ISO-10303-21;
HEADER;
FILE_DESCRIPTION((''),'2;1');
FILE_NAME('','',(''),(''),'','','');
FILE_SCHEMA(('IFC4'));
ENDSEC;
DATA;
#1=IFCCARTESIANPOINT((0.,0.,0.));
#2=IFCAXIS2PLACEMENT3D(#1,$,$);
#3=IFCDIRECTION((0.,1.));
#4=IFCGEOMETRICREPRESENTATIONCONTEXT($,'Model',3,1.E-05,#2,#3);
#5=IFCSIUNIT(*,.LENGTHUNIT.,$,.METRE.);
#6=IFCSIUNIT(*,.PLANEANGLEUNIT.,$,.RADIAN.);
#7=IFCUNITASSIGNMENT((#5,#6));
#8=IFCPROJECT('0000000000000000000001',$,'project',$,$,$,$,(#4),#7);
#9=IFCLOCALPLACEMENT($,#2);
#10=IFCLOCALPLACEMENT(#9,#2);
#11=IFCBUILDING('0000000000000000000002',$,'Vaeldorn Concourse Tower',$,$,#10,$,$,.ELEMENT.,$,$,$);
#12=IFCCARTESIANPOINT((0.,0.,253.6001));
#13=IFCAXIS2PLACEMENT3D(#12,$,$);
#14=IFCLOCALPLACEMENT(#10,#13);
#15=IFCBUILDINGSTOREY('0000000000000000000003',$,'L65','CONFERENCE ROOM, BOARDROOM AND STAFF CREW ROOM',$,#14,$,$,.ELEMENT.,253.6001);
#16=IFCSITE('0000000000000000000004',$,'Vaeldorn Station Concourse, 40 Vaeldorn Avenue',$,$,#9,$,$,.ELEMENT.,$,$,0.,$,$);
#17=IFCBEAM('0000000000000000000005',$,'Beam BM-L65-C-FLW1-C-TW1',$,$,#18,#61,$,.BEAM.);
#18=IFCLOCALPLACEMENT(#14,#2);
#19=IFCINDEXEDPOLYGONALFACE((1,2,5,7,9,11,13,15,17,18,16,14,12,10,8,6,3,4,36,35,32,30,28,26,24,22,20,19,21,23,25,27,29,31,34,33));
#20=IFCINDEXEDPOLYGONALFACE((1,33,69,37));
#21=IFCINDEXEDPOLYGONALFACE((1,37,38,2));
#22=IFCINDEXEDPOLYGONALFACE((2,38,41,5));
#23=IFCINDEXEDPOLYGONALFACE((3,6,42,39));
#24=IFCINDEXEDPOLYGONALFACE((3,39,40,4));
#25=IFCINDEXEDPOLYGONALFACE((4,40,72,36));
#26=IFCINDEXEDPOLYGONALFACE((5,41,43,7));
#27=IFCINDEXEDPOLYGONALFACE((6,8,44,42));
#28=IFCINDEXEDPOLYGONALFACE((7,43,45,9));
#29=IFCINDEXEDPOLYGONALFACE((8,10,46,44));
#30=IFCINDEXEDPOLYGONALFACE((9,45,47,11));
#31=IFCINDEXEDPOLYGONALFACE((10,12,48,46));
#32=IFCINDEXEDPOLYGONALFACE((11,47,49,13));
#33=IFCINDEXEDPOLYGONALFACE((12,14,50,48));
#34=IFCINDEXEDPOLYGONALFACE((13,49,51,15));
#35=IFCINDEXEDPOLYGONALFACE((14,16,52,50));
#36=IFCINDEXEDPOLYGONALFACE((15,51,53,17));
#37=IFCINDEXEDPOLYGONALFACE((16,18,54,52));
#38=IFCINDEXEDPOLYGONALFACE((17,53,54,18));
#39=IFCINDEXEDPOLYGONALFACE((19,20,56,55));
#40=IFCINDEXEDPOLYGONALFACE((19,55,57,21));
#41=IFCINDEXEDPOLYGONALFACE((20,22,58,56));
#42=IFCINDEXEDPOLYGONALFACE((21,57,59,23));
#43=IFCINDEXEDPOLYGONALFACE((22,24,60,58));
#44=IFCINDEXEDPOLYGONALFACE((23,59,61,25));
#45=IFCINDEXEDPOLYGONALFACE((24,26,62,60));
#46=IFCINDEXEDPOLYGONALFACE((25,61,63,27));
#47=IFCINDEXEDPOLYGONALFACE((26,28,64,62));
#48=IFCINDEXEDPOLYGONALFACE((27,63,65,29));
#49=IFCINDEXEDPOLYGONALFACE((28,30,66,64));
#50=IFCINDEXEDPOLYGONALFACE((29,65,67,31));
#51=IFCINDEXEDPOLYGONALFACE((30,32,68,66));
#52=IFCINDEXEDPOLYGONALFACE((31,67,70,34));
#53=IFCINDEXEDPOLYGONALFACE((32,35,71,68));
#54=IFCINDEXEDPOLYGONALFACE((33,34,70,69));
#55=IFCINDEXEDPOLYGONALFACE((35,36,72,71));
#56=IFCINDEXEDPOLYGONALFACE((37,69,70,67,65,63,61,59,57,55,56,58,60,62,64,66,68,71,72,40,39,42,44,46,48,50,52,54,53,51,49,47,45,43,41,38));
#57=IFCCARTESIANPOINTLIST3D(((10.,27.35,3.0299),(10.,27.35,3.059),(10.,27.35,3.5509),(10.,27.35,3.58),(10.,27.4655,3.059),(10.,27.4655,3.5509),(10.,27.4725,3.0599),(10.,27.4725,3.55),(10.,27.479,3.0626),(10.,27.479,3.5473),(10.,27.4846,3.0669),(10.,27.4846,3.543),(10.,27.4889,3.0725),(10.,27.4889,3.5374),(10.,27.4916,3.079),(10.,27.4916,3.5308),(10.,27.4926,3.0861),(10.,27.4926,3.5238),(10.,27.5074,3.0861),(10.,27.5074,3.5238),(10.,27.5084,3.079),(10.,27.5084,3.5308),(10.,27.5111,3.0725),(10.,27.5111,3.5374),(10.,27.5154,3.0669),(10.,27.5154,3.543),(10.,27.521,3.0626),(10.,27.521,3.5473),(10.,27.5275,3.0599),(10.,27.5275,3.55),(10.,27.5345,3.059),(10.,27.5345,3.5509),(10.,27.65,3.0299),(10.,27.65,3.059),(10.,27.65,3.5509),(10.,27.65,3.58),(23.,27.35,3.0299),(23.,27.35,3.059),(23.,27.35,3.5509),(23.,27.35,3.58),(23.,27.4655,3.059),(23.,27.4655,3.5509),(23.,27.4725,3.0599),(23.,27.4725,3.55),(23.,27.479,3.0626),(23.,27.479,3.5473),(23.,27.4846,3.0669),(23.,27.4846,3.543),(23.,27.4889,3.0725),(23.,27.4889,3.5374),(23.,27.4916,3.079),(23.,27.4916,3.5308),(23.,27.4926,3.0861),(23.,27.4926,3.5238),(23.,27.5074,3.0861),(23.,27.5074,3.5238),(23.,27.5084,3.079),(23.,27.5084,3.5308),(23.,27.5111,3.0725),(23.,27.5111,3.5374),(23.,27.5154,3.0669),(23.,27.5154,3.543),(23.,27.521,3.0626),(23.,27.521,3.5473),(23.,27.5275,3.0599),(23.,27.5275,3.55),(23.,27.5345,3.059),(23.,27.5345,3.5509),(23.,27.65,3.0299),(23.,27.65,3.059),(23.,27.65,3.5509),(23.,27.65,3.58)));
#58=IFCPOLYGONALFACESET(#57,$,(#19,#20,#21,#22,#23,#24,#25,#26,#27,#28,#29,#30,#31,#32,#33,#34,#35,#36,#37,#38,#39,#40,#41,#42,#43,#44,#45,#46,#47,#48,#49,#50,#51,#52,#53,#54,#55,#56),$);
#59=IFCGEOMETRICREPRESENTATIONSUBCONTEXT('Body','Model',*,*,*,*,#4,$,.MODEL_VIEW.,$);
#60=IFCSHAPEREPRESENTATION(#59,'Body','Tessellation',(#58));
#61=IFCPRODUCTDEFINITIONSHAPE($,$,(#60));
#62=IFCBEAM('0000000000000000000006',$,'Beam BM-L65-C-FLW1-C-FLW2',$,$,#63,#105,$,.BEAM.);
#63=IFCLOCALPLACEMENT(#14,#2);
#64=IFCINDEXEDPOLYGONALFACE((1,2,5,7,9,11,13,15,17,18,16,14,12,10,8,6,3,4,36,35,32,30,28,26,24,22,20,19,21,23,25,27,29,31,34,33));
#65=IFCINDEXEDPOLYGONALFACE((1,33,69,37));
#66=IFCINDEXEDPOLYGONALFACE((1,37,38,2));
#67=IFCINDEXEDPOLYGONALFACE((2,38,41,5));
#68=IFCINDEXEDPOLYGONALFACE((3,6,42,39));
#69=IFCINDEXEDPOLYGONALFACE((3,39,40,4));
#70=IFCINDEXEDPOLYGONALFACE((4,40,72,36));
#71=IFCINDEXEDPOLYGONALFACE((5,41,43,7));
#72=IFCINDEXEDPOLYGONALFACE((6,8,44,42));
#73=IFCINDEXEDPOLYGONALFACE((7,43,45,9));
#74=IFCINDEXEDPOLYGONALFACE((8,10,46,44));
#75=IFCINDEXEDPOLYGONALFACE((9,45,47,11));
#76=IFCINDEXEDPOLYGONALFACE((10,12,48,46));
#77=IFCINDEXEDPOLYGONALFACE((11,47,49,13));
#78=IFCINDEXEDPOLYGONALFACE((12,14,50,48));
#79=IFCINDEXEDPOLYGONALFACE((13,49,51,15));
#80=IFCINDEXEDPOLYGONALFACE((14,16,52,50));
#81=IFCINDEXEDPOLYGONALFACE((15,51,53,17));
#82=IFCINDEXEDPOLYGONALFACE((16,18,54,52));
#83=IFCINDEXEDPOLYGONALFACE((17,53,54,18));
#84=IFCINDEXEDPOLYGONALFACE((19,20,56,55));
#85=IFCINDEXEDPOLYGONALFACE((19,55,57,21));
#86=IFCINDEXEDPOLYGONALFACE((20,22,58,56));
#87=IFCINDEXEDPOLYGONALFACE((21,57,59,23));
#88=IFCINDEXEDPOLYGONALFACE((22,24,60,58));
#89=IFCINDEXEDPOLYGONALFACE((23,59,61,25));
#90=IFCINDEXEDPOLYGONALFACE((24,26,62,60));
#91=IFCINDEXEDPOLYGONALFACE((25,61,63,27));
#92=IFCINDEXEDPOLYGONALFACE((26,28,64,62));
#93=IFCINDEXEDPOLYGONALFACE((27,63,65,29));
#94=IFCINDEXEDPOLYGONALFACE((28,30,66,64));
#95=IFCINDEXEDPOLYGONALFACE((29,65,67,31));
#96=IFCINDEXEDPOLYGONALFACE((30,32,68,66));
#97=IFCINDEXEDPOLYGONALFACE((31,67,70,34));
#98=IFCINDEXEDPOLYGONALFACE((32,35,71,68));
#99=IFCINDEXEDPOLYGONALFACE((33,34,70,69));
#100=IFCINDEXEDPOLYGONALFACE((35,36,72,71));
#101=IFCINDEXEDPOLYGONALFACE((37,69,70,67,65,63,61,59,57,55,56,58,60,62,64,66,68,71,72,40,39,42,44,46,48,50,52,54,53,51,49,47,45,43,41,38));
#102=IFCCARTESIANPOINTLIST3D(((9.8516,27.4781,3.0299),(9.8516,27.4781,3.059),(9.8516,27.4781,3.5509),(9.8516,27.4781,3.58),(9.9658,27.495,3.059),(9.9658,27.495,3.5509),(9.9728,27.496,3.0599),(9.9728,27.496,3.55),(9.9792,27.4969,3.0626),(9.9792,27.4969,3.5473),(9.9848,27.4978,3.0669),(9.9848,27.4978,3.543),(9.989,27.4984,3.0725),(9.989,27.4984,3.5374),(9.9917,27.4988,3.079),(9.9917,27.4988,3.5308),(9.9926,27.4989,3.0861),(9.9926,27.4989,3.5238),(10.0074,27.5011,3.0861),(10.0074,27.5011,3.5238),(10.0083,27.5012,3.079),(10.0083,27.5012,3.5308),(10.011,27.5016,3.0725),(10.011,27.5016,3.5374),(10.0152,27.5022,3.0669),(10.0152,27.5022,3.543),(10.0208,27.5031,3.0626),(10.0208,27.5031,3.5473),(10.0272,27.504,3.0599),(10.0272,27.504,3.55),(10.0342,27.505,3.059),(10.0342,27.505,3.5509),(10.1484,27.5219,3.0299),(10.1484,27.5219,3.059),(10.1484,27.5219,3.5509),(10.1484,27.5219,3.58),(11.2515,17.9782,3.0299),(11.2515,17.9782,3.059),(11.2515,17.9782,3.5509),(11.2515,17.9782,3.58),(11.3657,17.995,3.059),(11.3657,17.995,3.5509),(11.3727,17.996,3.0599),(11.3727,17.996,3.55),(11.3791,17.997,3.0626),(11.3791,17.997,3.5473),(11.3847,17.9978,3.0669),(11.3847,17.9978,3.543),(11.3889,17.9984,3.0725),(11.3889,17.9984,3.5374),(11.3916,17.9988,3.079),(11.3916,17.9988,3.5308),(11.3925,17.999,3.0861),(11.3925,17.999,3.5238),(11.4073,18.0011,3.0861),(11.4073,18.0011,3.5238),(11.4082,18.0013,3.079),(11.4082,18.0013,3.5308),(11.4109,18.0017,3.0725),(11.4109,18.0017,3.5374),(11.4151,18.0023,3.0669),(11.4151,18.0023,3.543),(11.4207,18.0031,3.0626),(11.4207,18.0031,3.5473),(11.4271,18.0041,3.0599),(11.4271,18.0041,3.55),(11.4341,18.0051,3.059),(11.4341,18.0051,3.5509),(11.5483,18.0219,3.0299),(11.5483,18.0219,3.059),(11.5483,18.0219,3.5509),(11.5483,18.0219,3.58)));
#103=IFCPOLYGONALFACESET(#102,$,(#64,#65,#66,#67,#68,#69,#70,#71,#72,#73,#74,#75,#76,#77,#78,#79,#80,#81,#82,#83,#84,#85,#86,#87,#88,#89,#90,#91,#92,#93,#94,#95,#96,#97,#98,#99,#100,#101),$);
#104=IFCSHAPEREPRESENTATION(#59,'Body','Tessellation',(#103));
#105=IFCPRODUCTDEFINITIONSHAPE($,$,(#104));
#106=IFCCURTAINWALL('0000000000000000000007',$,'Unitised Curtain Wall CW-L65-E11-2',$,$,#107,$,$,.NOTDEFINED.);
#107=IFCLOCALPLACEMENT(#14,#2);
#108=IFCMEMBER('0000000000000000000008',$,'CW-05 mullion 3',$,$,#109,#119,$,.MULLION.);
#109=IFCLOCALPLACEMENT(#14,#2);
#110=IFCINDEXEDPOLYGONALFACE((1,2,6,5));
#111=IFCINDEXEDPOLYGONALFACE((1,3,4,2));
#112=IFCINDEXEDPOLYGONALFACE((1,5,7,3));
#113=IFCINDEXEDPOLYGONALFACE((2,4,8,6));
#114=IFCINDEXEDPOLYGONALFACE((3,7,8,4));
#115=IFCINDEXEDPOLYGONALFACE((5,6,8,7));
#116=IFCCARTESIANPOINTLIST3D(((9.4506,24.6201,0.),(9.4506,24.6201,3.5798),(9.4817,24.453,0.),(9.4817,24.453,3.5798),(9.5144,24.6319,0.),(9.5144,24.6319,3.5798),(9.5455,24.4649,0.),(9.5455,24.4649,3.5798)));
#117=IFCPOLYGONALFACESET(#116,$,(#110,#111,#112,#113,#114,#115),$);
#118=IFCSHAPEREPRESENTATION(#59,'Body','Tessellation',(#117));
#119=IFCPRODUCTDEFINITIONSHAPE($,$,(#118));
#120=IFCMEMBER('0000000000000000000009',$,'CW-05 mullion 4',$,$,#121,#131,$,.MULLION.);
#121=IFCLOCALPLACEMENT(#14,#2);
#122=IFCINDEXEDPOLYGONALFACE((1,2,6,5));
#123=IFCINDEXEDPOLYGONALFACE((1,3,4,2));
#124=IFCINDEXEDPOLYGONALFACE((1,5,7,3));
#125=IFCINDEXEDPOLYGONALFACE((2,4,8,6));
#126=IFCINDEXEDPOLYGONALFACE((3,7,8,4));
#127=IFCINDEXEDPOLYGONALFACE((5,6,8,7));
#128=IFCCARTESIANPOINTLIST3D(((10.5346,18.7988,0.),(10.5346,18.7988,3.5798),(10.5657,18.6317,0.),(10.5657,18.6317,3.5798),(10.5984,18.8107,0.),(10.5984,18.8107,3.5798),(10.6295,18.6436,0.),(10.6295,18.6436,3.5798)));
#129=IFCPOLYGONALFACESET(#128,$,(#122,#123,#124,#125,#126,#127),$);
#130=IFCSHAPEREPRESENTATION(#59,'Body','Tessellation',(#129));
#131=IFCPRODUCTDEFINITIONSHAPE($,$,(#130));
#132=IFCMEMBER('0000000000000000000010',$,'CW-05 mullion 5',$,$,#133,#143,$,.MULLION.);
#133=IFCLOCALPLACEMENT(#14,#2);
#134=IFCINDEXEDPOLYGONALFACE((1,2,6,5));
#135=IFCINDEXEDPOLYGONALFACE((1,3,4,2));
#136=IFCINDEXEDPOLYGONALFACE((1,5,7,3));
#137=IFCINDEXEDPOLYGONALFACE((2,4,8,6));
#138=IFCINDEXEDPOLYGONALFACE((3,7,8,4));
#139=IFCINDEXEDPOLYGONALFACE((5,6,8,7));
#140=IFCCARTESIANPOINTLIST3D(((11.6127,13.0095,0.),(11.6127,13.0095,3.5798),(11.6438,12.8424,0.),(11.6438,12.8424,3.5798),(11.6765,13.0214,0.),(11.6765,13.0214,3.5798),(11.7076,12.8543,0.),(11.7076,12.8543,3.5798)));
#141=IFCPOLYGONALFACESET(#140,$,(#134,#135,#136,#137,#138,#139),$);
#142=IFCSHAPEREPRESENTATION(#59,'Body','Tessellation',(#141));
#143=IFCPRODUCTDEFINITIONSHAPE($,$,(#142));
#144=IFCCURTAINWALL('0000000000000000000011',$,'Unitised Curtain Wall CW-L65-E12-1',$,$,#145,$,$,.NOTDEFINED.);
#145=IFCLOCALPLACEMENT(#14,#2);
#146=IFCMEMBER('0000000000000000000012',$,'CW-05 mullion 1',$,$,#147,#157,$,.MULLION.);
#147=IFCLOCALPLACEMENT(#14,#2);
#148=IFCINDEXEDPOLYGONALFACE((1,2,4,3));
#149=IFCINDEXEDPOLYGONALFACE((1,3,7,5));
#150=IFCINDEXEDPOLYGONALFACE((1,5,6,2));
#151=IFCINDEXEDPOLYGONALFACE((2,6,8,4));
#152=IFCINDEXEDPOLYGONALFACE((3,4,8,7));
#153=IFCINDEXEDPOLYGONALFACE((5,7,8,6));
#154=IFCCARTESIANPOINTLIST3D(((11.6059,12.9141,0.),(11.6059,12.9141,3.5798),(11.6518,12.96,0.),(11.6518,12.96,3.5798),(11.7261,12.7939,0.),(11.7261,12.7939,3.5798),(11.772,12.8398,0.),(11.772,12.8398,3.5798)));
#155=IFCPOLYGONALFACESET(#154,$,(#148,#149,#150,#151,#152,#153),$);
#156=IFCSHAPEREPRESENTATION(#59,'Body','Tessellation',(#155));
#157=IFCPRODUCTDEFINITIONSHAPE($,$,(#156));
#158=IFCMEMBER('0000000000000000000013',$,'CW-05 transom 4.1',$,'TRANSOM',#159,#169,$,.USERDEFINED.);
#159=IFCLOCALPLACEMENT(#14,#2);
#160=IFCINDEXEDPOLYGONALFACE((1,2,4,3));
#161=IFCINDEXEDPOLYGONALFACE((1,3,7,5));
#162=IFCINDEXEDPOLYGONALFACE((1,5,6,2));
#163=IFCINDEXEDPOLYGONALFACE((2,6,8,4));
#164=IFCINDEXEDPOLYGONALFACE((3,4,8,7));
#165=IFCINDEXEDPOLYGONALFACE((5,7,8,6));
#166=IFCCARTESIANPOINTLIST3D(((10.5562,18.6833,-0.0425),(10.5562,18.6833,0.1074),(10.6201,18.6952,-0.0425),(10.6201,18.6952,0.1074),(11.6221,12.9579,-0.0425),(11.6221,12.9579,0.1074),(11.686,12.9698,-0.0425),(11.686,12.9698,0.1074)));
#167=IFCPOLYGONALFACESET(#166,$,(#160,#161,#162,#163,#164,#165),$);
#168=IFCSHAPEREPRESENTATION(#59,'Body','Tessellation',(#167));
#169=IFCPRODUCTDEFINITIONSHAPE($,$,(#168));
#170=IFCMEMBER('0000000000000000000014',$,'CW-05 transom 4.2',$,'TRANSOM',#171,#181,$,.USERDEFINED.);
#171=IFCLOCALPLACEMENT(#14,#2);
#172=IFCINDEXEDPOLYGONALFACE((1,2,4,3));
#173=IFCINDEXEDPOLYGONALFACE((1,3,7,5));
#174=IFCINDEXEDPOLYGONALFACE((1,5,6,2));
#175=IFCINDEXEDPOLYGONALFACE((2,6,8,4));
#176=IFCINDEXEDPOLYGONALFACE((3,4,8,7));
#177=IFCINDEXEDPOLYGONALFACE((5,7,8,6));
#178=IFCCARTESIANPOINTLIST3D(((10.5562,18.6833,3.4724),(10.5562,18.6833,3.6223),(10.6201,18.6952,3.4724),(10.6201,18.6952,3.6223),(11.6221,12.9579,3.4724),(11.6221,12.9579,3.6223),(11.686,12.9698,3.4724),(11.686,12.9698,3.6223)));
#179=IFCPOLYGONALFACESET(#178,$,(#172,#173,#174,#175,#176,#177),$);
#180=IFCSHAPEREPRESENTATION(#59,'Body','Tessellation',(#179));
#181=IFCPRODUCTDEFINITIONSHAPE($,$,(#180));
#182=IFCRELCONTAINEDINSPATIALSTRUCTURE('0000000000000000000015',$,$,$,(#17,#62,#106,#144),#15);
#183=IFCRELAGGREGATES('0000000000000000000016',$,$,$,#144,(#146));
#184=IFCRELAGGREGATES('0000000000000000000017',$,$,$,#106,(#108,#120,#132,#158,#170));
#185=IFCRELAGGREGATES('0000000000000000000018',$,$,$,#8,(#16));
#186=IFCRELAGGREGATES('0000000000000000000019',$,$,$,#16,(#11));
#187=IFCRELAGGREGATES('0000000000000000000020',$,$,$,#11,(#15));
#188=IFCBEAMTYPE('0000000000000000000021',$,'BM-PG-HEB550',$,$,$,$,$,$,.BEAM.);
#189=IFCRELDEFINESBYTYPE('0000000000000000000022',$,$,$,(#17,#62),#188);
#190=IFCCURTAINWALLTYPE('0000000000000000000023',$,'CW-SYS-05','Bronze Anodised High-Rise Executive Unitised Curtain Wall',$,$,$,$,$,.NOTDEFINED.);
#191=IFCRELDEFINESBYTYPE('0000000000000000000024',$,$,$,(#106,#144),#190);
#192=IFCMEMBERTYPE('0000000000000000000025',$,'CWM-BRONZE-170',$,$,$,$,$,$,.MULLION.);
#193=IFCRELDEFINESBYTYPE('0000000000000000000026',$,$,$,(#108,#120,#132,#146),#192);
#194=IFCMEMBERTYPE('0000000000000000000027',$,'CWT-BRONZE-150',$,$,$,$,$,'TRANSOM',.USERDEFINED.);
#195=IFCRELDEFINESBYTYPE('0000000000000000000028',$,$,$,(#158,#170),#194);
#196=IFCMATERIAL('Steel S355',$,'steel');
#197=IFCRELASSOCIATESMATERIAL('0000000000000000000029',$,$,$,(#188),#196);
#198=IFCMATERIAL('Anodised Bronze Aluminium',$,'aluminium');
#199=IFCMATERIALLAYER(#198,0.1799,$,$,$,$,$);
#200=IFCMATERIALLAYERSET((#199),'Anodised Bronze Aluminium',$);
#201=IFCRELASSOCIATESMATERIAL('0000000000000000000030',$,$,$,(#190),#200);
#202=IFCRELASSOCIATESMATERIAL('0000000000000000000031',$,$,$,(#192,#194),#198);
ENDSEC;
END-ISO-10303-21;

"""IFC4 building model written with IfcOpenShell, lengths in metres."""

from ifc_helpers import new_model, si_unit, direction, frame, origin, origin_2d, place, context, subcontext, project, spatial, rectangle, i_section, extrude, source, transform, mapped, material, layer, layer_set, material_profile, profile_set, type_object, element, aggregate, save


model = new_model("IFC4")

# Units and contexts
model_context = context("Model", 3, precision=1e-05, world=origin(), true_north=direction((0.0, 1.0)))
body_context = subcontext(model_context, "Body", "Model", "MODEL_VIEW")
ifc_project = project(units=[si_unit("LENGTHUNIT", "METRE"), si_unit("PLANEANGLEUNIT", "RADIAN")], contexts=[model_context])

# Site, building, storey
site_placement = place(None, origin())
site = spatial("IfcSite", under=ifc_project, at=site_placement, Name="Vaeldorn Station Concourse, 40 Vaeldorn Avenue", CompositionType="ELEMENT", RefElevation=0.0)
building_placement = place(site_placement, origin())
building = spatial("IfcBuilding", under=site, at=building_placement, Name="Vaeldorn Concourse Tower", CompositionType="ELEMENT")
storey_placement = place(building_placement, frame((0.0, 0.0, 253.6001)))
storey = spatial("IfcBuildingStorey", under=building, at=storey_placement, Name="L65", Description="CONFERENCE ROOM, BOARDROOM AND STAFF CREW ROOM", CompositionType="ELEMENT", Elevation=253.6001)

# Shared definitions
ifc_material_1 = material(Name="Steel S355", Category="steel")

# Beams
ifc_material_profile_1 = material_profile(ifc_material_1, i_section(OverallWidth=0.3, OverallDepth=0.55, WebThickness=0.0149, FlangeThickness=0.0291, FilletRadius=0.0271, at=origin_2d()), Name="HEB 550")
ifc_profile_set_1 = profile_set([ifc_material_profile_1], Name="Steel S355")
beam_type_1 = type_object("IfcBeamType", Name="BM-PG-HEB550", PredefinedType="BEAM", material=ifc_profile_set_1)
shared_shape_1 = source(origin(), body_context, "Body", "SweptSolid", [
    extrude(i_section(OverallWidth=0.3, OverallDepth=0.55, WebThickness=0.0149, FlangeThickness=0.0291, FilletRadius=0.0271, at=origin_2d()), origin(), (0.0, 0.0, 1.0), 13.0),
])
beam_1_placement = place(storey_placement, frame((10.0, 27.5, 3.3049), z_axis=(1.0, 0.0, 0.0), x_axis=(0.0, 1.0, 0.0)))
element("IfcBeam", 1, at=beam_1_placement, inside=storey, type_object=beam_type_1, Name="Beam BM-L65-C-FLW1-C-TW1", PredefinedType="BEAM", context=body_context, shape_type="MappedRepresentation", body=[
    mapped(shared_shape_1, transform((0.0, 0.0, 0.0), scale=1.0)),
])
shared_shape_2 = source(origin(), body_context, "Body", "SweptSolid", [
    extrude(i_section(OverallWidth=0.3, OverallDepth=0.55, WebThickness=0.0149, FlangeThickness=0.0291, FilletRadius=0.0271, at=origin_2d()), origin(), (0.0, 0.0, 1.0), 9.6025),
])
beam_2_placement = place(storey_placement, frame((10.0, 27.5, 3.3049), z_axis=(0.145784, -0.989316, 0.0), x_axis=(0.989316, 0.145784, 0.0)))
element("IfcBeam", 2, at=beam_2_placement, inside=storey, type_object=beam_type_1, Name="Beam BM-L65-C-FLW1-C-FLW2", PredefinedType="BEAM", context=body_context, shape_type="MappedRepresentation", body=[
    mapped(shared_shape_2, transform((0.0, 0.0, 0.0), scale=1.0)),
])

# Curtain wall, members
ifc_material_2 = material(Name="Anodised Bronze Aluminium", Category="aluminium")
ifc_layer_1 = layer(ifc_material_2, 0.1799)
ifc_layer_set_1 = layer_set([ifc_layer_1], Name="Anodised Bronze Aluminium")
curtain_wall_type = type_object("IfcCurtainWallType", Name="CW-SYS-05", Description="Bronze Anodised High-Rise Executive Unitised Curtain Wall", PredefinedType="NOTDEFINED", material=ifc_layer_set_1)
curtain_wall_1_placement = place(storey_placement, origin())
curtain_wall_1 = element("IfcCurtainWall", 3, at=curtain_wall_1_placement, inside=storey, type_object=curtain_wall_type, Name="Unitised Curtain Wall CW-L65-E11-2", PredefinedType="NOTDEFINED")
ifc_material_profile_2 = material_profile(ifc_material_2, rectangle(XDim=0.0649, YDim=0.1699, at=origin_2d()), Name="CWM 65x170")
ifc_profile_set_2 = profile_set([ifc_material_profile_2], Name="Anodised Bronze Aluminium")
member_type_1 = type_object("IfcMemberType", Name="CWM-BRONZE-170", PredefinedType="MULLION", material=ifc_profile_set_2)
shared_shape_3 = source(origin(), body_context, "Body", "SweptSolid", [
    extrude(rectangle(XDim=0.0649, YDim=0.1699, at=origin_2d()), origin(), (0.0, 0.0, 1.0), 3.5798),
])
member_1_placement = place(storey_placement, frame((9.498, 24.5425, 0.0), z_axis=(0.0, 0.0, 1.0), x_axis=(0.983103, 0.183055, 0.0)))
member_1 = element("IfcMember", 4, at=member_1_placement, type_object=member_type_1, Name="CW-05 mullion 3", PredefinedType="MULLION", context=body_context, shape_type="MappedRepresentation", body=[
    mapped(shared_shape_3, transform((0.0, 0.0, 0.0), scale=1.0)),
])
member_2_placement = place(storey_placement, frame((10.582, 18.7212, 0.0), z_axis=(0.0, 0.0, 1.0), x_axis=(0.983103, 0.183055, 0.0)))
member_2 = element("IfcMember", 5, at=member_2_placement, type_object=member_type_1, Name="CW-05 mullion 4", PredefinedType="MULLION", context=body_context, shape_type="MappedRepresentation", body=[
    mapped(shared_shape_3, transform((0.0, 0.0, 0.0), scale=1.0)),
])
member_3_placement = place(storey_placement, frame((11.6602, 12.9319, 0.0), z_axis=(0.0, 0.0, 1.0), x_axis=(0.983103, 0.183055, 0.0)))
member_3 = element("IfcMember", 6, at=member_3_placement, type_object=member_type_1, Name="CW-05 mullion 5", PredefinedType="MULLION", context=body_context, shape_type="MappedRepresentation", body=[
    mapped(shared_shape_3, transform((0.0, 0.0, 0.0), scale=1.0)),
])

# Curtain wall, member
curtain_wall_2_placement = place(storey_placement, origin())
curtain_wall_2 = element("IfcCurtainWall", 7, at=curtain_wall_2_placement, inside=storey, type_object=curtain_wall_type, Name="Unitised Curtain Wall CW-L65-E12-1", PredefinedType="NOTDEFINED")
member_4_placement = place(storey_placement, frame((11.689, 12.877, 0.0), z_axis=(0.0, 0.0, 1.0), x_axis=(0.707107, 0.707107, 0.0)))
member_4 = element("IfcMember", 8, at=member_4_placement, type_object=member_type_1, Name="CW-05 mullion 1", PredefinedType="MULLION", context=body_context, shape_type="MappedRepresentation", body=[
    mapped(shared_shape_3, transform((0.0, 0.0, 0.0), scale=1.0)),
])
aggregate(curtain_wall_2, [member_4])

# Members
ifc_material_profile_3 = material_profile(ifc_material_2, rectangle(XDim=0.0649, YDim=0.1499, at=origin_2d()), Name="CWT 65x150")
ifc_profile_set_3 = profile_set([ifc_material_profile_3], Name="Anodised Bronze Aluminium")
member_type_2 = type_object("IfcMemberType", Name="CWT-BRONZE-150", ElementType="TRANSOM", PredefinedType="USERDEFINED", material=ifc_profile_set_3)
shared_shape_4 = source(origin(), body_context, "Body", "SweptSolid", [
    extrude(rectangle(XDim=0.0649, YDim=0.1499, at=origin_2d()), origin(), (0.0, 0.0, 1.0), 5.8237),
])
member_5_placement = place(storey_placement, frame((10.5881, 18.6892, 0.0325), z_axis=(0.18303, -0.983107, 0.0), x_axis=(0.983107, 0.18303, 0.0)))
member_5 = element("IfcMember", 9, at=member_5_placement, type_object=member_type_2, Name="CW-05 transom 4.1", ObjectType="TRANSOM", PredefinedType="USERDEFINED", context=body_context, shape_type="MappedRepresentation", body=[
    mapped(shared_shape_4, transform((0.0, 0.0, 0.0), scale=1.0)),
])
member_6_placement = place(storey_placement, frame((10.5881, 18.6892, 3.5474), z_axis=(0.18303, -0.983107, 0.0), x_axis=(0.983107, 0.18303, 0.0)))
member_6 = element("IfcMember", 10, at=member_6_placement, type_object=member_type_2, Name="CW-05 transom 4.2", ObjectType="TRANSOM", PredefinedType="USERDEFINED", context=body_context, shape_type="MappedRepresentation", body=[
    mapped(shared_shape_4, transform((0.0, 0.0, 0.0), scale=1.0)),
])

aggregate(curtain_wall_1, [member_1, member_2, member_3, member_5, member_6])

save(model, "model.ifc")
